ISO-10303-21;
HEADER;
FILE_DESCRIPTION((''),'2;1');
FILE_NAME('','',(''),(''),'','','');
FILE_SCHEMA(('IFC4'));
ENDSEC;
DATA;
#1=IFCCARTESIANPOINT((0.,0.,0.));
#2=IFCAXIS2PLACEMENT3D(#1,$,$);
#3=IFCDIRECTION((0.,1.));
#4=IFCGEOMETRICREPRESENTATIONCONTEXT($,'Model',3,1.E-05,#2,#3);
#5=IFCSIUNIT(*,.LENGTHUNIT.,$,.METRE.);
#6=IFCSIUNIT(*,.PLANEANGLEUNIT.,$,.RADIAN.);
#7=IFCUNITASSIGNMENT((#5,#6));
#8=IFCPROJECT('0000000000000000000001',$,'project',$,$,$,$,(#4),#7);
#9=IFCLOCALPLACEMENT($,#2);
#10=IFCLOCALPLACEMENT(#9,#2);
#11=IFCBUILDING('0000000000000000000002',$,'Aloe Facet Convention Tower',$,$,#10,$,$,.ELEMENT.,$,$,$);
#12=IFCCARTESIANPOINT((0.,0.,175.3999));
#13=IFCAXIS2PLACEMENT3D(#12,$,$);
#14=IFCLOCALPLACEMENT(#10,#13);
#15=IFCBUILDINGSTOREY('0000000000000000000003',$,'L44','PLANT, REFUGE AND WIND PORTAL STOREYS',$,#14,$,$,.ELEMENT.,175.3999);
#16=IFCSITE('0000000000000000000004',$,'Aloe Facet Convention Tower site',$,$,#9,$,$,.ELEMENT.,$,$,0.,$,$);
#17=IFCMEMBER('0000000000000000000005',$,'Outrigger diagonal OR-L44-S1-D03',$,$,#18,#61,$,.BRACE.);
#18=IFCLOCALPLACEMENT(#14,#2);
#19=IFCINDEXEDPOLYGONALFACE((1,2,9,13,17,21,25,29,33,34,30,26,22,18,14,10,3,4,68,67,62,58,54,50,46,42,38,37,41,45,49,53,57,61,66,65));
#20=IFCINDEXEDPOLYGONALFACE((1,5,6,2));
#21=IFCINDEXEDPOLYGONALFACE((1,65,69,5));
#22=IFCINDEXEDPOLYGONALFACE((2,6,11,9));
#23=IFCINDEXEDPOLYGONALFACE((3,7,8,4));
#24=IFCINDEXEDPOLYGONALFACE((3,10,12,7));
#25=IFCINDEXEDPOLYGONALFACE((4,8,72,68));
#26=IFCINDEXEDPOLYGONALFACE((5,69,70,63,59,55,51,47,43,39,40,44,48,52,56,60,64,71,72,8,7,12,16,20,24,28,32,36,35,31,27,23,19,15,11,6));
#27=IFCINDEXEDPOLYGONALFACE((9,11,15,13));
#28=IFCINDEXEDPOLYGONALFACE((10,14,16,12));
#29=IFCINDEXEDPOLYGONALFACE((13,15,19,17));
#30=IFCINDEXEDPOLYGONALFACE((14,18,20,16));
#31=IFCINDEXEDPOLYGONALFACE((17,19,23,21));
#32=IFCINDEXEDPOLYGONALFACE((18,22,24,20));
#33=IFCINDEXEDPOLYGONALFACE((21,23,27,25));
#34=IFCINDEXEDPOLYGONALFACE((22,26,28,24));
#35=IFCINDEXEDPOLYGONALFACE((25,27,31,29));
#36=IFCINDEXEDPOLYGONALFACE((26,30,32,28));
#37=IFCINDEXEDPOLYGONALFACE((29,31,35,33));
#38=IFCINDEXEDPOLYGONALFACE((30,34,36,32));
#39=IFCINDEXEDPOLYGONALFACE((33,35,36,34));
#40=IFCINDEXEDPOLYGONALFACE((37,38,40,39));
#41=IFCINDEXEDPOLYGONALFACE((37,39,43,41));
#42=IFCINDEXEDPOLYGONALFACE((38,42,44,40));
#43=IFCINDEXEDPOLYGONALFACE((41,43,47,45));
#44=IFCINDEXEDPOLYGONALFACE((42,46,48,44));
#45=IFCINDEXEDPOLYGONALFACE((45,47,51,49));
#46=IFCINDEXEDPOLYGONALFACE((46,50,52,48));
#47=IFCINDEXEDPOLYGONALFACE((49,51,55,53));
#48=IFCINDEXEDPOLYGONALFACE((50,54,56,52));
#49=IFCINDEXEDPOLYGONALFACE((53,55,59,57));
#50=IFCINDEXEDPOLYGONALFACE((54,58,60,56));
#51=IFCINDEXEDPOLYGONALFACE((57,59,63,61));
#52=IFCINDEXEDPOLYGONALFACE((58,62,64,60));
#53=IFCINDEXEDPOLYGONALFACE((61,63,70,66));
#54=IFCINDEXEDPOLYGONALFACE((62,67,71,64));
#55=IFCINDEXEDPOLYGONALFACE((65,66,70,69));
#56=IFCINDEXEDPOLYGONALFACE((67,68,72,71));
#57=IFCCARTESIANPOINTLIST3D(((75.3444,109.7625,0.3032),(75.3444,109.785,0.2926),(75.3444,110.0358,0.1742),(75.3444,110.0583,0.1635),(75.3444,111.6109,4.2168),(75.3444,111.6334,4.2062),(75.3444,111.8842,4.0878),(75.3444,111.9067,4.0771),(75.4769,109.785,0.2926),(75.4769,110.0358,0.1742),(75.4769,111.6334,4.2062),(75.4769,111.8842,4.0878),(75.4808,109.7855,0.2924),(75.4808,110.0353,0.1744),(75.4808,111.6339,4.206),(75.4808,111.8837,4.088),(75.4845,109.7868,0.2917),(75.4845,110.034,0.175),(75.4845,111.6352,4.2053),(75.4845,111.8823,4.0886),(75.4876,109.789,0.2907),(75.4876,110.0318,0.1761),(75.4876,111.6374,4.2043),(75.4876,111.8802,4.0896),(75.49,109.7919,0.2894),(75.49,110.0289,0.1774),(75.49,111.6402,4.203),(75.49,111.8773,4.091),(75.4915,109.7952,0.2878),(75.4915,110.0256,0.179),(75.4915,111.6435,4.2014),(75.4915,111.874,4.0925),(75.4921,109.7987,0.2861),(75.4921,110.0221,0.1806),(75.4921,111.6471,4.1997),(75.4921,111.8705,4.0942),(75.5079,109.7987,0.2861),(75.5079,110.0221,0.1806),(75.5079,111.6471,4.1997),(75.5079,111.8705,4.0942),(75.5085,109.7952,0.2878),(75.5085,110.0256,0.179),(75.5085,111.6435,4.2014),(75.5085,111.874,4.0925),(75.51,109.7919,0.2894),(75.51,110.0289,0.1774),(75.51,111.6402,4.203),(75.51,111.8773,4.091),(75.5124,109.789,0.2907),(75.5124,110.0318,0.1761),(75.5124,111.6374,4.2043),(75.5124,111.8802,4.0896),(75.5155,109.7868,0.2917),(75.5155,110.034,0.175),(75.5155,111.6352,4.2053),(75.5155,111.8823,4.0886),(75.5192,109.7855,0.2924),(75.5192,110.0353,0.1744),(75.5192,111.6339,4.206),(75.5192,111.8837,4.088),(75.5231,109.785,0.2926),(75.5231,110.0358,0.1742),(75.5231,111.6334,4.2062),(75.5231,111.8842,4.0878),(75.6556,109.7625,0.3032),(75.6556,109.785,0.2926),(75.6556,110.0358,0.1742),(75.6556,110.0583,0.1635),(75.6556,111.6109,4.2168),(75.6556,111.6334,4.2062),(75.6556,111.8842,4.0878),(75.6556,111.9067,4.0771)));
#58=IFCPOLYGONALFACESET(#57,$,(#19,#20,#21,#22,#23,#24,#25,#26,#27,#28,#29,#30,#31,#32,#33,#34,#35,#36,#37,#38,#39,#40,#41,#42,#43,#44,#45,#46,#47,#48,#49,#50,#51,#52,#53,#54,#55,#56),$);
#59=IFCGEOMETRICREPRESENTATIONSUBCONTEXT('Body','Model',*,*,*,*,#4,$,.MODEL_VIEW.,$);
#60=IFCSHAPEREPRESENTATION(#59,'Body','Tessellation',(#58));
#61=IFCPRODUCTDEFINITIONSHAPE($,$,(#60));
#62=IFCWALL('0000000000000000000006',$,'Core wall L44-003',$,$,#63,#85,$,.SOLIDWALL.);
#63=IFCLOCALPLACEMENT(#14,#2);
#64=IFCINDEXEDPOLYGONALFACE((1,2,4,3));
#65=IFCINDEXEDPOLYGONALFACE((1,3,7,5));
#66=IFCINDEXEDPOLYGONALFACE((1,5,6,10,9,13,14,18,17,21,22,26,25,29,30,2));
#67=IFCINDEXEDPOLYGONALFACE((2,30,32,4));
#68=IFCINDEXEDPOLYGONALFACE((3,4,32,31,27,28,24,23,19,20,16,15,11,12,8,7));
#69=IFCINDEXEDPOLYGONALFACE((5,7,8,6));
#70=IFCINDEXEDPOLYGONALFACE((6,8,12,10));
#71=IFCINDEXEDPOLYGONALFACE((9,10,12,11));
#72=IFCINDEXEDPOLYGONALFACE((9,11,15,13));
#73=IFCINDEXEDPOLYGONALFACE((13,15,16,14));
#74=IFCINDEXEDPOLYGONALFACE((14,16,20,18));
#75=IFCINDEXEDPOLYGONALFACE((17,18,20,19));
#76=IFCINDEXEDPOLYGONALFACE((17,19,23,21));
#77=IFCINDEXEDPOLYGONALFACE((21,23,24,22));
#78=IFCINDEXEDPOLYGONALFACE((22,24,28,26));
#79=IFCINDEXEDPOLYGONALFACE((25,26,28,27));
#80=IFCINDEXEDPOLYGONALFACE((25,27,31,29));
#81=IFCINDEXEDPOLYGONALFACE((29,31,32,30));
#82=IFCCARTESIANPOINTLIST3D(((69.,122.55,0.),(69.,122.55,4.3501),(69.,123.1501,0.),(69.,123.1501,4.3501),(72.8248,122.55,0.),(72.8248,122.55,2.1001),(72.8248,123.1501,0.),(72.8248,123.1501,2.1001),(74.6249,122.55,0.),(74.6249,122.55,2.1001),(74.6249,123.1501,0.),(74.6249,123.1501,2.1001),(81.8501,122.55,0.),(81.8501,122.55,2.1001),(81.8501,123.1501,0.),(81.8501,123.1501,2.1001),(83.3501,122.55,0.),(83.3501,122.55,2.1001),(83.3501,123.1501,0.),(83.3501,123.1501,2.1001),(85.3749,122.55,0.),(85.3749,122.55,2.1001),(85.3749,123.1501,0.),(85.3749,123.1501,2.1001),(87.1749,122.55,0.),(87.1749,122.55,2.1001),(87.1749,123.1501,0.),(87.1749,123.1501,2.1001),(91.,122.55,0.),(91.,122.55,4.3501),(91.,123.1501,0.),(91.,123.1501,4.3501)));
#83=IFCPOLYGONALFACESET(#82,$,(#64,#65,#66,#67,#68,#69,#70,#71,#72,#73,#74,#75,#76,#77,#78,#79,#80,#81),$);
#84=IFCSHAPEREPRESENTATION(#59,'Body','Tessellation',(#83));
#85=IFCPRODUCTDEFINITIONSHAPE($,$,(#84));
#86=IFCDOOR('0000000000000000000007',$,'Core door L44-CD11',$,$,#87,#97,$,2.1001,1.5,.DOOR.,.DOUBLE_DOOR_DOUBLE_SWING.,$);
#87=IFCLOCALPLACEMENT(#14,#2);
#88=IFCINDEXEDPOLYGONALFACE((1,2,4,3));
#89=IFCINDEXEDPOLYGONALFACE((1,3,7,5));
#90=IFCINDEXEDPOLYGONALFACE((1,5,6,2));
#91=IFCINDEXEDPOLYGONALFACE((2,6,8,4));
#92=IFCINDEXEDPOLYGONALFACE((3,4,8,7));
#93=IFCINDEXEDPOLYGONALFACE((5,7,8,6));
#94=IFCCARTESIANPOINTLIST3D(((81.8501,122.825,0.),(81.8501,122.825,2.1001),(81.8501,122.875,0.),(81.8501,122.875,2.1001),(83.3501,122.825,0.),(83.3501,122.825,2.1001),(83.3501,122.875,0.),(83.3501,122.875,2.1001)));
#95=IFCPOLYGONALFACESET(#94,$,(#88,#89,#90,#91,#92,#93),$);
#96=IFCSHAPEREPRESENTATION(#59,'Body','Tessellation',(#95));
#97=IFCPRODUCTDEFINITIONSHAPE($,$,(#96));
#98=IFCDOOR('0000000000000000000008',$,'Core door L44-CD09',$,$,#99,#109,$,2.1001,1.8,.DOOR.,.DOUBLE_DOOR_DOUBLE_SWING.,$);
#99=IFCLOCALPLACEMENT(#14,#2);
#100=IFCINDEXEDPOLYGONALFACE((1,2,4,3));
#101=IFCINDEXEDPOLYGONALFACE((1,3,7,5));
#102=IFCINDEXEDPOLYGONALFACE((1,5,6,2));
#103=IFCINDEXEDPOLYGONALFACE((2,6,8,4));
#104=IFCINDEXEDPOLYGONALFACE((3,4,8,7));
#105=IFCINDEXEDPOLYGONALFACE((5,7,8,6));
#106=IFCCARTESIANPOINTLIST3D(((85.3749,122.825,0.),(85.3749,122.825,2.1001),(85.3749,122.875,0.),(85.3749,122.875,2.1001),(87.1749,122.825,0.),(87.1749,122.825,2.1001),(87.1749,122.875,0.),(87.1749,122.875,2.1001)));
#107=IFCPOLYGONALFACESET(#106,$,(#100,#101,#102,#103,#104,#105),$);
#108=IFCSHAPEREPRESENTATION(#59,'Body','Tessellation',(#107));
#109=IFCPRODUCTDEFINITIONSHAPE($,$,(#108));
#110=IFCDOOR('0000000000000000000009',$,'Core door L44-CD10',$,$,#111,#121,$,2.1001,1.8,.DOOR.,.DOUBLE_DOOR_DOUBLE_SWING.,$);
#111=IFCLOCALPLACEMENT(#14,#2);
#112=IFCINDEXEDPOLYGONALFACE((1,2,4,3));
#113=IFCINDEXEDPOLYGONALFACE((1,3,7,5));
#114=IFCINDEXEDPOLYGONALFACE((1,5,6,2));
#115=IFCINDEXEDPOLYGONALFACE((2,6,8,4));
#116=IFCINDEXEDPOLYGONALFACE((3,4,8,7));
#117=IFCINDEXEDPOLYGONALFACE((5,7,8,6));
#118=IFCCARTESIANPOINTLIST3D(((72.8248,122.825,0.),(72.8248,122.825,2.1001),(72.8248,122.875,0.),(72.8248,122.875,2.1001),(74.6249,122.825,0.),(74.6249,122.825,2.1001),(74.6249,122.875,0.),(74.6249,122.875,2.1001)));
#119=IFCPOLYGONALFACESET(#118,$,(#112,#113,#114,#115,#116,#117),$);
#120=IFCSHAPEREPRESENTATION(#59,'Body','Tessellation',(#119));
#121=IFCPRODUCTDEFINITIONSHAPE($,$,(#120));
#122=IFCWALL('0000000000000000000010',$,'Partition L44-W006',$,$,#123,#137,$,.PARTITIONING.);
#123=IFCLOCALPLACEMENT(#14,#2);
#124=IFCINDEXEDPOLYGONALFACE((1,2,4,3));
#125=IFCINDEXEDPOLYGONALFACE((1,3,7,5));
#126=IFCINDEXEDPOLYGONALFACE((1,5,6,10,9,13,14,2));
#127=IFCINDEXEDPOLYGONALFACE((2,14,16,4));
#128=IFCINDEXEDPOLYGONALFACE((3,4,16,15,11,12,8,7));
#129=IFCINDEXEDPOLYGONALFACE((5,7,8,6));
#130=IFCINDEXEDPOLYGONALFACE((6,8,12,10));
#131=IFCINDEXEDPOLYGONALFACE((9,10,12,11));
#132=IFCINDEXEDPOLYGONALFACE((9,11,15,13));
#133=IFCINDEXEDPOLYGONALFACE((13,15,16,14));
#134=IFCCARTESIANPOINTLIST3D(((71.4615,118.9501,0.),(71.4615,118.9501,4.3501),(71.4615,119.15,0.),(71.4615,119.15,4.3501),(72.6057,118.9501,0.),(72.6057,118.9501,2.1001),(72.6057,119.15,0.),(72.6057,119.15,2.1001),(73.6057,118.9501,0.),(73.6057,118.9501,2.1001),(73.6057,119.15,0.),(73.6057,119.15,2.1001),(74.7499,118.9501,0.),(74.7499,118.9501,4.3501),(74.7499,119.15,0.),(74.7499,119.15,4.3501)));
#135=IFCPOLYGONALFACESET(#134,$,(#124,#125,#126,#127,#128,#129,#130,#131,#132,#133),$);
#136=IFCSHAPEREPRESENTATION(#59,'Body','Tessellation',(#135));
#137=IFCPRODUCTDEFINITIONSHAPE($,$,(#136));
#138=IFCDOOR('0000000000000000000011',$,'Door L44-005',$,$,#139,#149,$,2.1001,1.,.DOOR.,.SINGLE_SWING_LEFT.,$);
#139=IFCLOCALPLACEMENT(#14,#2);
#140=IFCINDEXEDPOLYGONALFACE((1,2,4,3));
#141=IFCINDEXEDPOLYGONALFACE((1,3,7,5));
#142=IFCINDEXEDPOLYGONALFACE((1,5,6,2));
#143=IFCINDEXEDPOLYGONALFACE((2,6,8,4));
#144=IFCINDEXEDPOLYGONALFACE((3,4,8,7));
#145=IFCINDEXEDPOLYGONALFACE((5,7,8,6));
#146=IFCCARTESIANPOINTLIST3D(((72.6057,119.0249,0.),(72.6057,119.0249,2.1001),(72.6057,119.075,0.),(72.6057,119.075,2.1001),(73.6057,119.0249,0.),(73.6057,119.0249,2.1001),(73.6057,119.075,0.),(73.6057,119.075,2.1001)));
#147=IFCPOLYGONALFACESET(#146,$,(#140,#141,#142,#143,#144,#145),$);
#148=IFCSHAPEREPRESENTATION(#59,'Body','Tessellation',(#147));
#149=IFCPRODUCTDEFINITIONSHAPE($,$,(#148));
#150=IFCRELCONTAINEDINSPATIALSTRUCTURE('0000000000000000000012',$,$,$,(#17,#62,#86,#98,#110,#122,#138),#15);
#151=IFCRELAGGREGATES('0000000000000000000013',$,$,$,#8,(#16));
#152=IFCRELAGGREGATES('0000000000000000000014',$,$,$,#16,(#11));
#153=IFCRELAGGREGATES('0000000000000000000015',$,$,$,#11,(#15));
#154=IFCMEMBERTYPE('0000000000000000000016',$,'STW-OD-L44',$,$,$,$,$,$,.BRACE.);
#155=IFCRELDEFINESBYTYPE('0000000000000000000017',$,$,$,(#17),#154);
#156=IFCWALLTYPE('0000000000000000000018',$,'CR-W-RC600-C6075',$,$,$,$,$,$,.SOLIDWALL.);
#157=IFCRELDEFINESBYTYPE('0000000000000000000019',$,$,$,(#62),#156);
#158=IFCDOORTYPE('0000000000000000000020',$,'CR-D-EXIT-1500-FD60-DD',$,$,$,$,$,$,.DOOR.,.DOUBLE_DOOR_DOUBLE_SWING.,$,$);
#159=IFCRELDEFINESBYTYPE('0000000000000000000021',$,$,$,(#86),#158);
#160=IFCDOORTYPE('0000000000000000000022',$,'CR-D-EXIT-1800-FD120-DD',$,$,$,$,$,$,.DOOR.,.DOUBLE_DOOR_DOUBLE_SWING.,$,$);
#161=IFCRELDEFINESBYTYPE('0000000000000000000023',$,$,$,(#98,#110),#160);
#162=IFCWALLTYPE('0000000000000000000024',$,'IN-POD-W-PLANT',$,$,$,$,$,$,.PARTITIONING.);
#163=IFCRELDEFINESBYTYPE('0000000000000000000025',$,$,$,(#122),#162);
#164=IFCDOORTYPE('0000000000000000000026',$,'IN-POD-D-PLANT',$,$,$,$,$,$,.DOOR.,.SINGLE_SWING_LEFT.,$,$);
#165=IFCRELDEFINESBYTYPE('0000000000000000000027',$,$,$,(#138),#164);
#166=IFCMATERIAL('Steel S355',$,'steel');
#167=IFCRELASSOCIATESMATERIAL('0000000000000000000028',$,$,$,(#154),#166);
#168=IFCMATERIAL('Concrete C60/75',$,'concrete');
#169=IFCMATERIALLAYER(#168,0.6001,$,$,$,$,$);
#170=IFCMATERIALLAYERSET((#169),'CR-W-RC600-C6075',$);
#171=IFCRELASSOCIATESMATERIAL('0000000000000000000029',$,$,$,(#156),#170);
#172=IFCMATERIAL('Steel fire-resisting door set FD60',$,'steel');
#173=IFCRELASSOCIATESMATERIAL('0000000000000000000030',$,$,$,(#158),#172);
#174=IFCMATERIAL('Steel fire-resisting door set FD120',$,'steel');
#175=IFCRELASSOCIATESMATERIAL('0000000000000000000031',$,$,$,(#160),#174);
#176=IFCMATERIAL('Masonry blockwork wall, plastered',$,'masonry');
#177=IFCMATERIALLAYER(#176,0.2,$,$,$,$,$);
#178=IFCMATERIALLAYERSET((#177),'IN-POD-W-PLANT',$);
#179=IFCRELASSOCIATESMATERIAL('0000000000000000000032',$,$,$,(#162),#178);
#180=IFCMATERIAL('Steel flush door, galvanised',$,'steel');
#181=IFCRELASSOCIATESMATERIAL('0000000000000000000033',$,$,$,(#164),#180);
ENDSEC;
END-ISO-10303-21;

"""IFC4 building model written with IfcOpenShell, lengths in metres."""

from ifc_helpers import new_model, si_unit, direction, frame, frame_2d, origin, origin_2d, place, context, subcontext, project, spatial, rectangle, i_section, extrude, material, layer, layer_set, material_profile, profile_set, type_object, element, fill, save


model = new_model("IFC4")

# Units and contexts
model_context = context("Model", 3, precision=1e-05, world=origin(), true_north=direction((0.0, 1.0)))
body_context = subcontext(model_context, "Body", "Model", "MODEL_VIEW")
ifc_project = project(units=[si_unit("LENGTHUNIT", "METRE"), si_unit("PLANEANGLEUNIT", "RADIAN")], contexts=[model_context])

# Site, building, storey
site_placement = place(None, origin())
site = spatial("IfcSite", under=ifc_project, at=site_placement, Name="Aloe Facet Convention Tower site", CompositionType="ELEMENT", RefElevation=0.0)
building_placement = place(site_placement, origin())
building = spatial("IfcBuilding", under=site, at=building_placement, Name="Aloe Facet Convention Tower", CompositionType="ELEMENT")
storey_placement = place(building_placement, frame((0.0, 0.0, 175.3999)))
storey = spatial("IfcBuildingStorey", under=building, at=storey_placement, Name="L44", Description="PLANT, REFUGE AND WIND PORTAL STOREYS", CompositionType="ELEMENT", Elevation=175.3999)

# Member
ifc_material_1 = material(Name="Steel S355", Category="steel")
ifc_material_profile_1 = material_profile(ifc_material_1, i_section(OverallWidth=0.3113, OverallDepth=0.3271, WebThickness=0.0159, FlangeThickness=0.0249, FilletRadius=0.0151, at=origin_2d()), Name="UC 305x305x158")
ifc_profile_set_1 = profile_set([ifc_material_profile_1], Name="Steel S355")
member_type = type_object("IfcMemberType", Name="STW-OD-L44", PredefinedType="BRACE", material=ifc_profile_set_1)
for number, where, z_axis, x_axis, name in (
    (1, (75.5, 111.7588, 4.147), (0.0, -0.427065, -0.904221), (1.0, 0.0, 0.0), "Outrigger diagonal OR-L44-S1-D03"),
):
    element("IfcMember", number, at=place(storey_placement, frame(where, z_axis=z_axis, x_axis=x_axis)), inside=storey, type_object=member_type, Name=name, PredefinedType="BRACE", context=body_context, shape_type="SweptSolid", body=[
        extrude(i_section(OverallWidth=0.3113, OverallDepth=0.3271, WebThickness=0.0159, FlangeThickness=0.0249, FilletRadius=0.0151, at=origin_2d()), origin(), (0.0, 0.0, 1.0), 4.3281),
    ])

# Wall, openings, doors
ifc_material_2 = material(Name="Concrete C60/75", Category="concrete")
ifc_layer_1 = layer(ifc_material_2, 0.6001)
ifc_layer_set_1 = layer_set([ifc_layer_1], Name="CR-W-RC600-C6075")
wall_type_1 = type_object("IfcWallType", Name="CR-W-RC600-C6075", PredefinedType="SOLIDWALL", material=ifc_layer_set_1)
wall_1_placement = place(storey_placement, frame((69.0, 122.8501, 0.0), z_axis=(0.0, 0.0, 1.0), x_axis=(1.0, 0.0, 0.0)))
wall_1 = element("IfcWall", 2, at=wall_1_placement, inside=storey, type_object=wall_type_1, Name="Core wall L44-003", PredefinedType="SOLIDWALL", context=body_context, shape_type="SweptSolid", body=[
    extrude(rectangle(XDim=22.0, YDim=0.6001, at=frame_2d((11.0, 0.0))), origin(), (0.0, 0.0, 1.0), 4.3501),
])
opening_1_placement = place(wall_1_placement, frame((16.375, 0.0, 0.0)))
opening_1 = element("IfcOpeningElement", 3, at=opening_1_placement, cuts=wall_1, PredefinedType="OPENING", context=body_context, shape_type="SweptSolid", body=[
    extrude(rectangle(XDim=1.8, YDim=2.1001, at=frame_2d((0.8999, 1.05))), frame((0.0, 0.3101, 0.0), z_axis=(0.0, -1.0, 0.0), x_axis=(1.0, 0.0, 0.0)), (0.0, 0.0, 1.0), 0.6201),
])
opening_2_placement = place(wall_1_placement, frame((3.825, 0.0, 0.0)))
opening_2 = element("IfcOpeningElement", 4, at=opening_2_placement, cuts=wall_1, PredefinedType="OPENING", context=body_context, shape_type="SweptSolid", body=[
    extrude(rectangle(XDim=1.8, YDim=2.1001, at=frame_2d((0.8999, 1.05))), frame((0.0, 0.3101, 0.0), z_axis=(0.0, -1.0, 0.0), x_axis=(1.0, 0.0, 0.0)), (0.0, 0.0, 1.0), 0.6201),
])
opening_3_placement = place(wall_1_placement, frame((12.8501, 0.0, 0.0)))
opening_3 = element("IfcOpeningElement", 5, at=opening_3_placement, cuts=wall_1, PredefinedType="OPENING", context=body_context, shape_type="SweptSolid", body=[
    extrude(rectangle(XDim=1.5, YDim=2.1001, at=frame_2d((0.75, 1.05))), frame((0.0, 0.3101, 0.0), z_axis=(0.0, -1.0, 0.0), x_axis=(1.0, 0.0, 0.0)), (0.0, 0.0, 1.0), 0.6201),
])
ifc_material_3 = material(Name="Steel fire-resisting door set FD60", Category="steel")
door_type_1 = type_object("IfcDoorType", Name="CR-D-EXIT-1500-FD60-DD", OperationType="DOUBLE_DOOR_DOUBLE_SWING", PredefinedType="DOOR", material=ifc_material_3)
door_1_placement = place(opening_3_placement, origin())
door_1 = element("IfcDoor", 6, at=door_1_placement, inside=storey, type_object=door_type_1, Name="Core door L44-CD11", OperationType="DOUBLE_DOOR_DOUBLE_SWING", OverallHeight=2.1001, OverallWidth=1.5, PredefinedType="DOOR", context=body_context, shape_type="SweptSolid", body=[
    extrude(rectangle(XDim=1.5, YDim=2.1001, at=frame_2d((0.75, 1.05))), frame((0.0, 0.0249, 0.0), z_axis=(0.0, -1.0, 0.0), x_axis=(1.0, 0.0, 0.0)), (0.0, 0.0, 1.0), 0.05),
])
fill(opening_3, door_1)
ifc_material_4 = material(Name="Steel fire-resisting door set FD120", Category="steel")
door_type_2 = type_object("IfcDoorType", Name="CR-D-EXIT-1800-FD120-DD", OperationType="DOUBLE_DOOR_DOUBLE_SWING", PredefinedType="DOOR", material=ifc_material_4)
door_2_placement = place(opening_1_placement, origin())
door_2 = element("IfcDoor", 7, at=door_2_placement, inside=storey, type_object=door_type_2, Name="Core door L44-CD09", OperationType="DOUBLE_DOOR_DOUBLE_SWING", OverallHeight=2.1001, OverallWidth=1.8, PredefinedType="DOOR", context=body_context, shape_type="SweptSolid", body=[
    extrude(rectangle(XDim=1.8, YDim=2.1001, at=frame_2d((0.8999, 1.05))), frame((0.0, 0.0249, 0.0), z_axis=(0.0, -1.0, 0.0), x_axis=(1.0, 0.0, 0.0)), (0.0, 0.0, 1.0), 0.05),
])
fill(opening_1, door_2)
door_3_placement = place(opening_2_placement, origin())
door_3 = element("IfcDoor", 8, at=door_3_placement, inside=storey, type_object=door_type_2, Name="Core door L44-CD10", OperationType="DOUBLE_DOOR_DOUBLE_SWING", OverallHeight=2.1001, OverallWidth=1.8, PredefinedType="DOOR", context=body_context, shape_type="SweptSolid", body=[
    extrude(rectangle(XDim=1.8, YDim=2.1001, at=frame_2d((0.8999, 1.05))), frame((0.0, 0.0249, 0.0), z_axis=(0.0, -1.0, 0.0), x_axis=(1.0, 0.0, 0.0)), (0.0, 0.0, 1.0), 0.05),
])
fill(opening_2, door_3)

# Wall, opening, door
ifc_material_5 = material(Name="Masonry blockwork wall, plastered", Category="masonry")
ifc_layer_2 = layer(ifc_material_5, 0.2)
ifc_layer_set_2 = layer_set([ifc_layer_2], Name="IN-POD-W-PLANT")
wall_type_2 = type_object("IfcWallType", Name="IN-POD-W-PLANT", PredefinedType="PARTITIONING", material=ifc_layer_set_2)
wall_2_placement = place(storey_placement, frame((71.4617, 119.05, 0.0), z_axis=(0.0, 0.0, 1.0), x_axis=(1.0, 0.0, 0.0)))
wall_2 = element("IfcWall", 9, at=wall_2_placement, inside=storey, type_object=wall_type_2, Name="Partition L44-W006", PredefinedType="PARTITIONING", context=body_context, shape_type="SweptSolid", body=[
    extrude(rectangle(XDim=3.2883, YDim=0.2, at=frame_2d((1.644, 0.0))), origin(), (0.0, 0.0, 1.0), 4.3501),
])
opening_4_placement = place(wall_2_placement, frame((1.144, 0.0, 0.0)))
opening_4 = element("IfcOpeningElement", 10, at=opening_4_placement, cuts=wall_2, PredefinedType="OPENING", context=body_context, shape_type="SweptSolid", body=[
    extrude(rectangle(XDim=1.0, YDim=2.1001, at=frame_2d((0.5, 1.05))), frame((0.0, 0.1099, 0.0), z_axis=(0.0, -1.0, 0.0), x_axis=(1.0, 0.0, 0.0)), (0.0, 0.0, 1.0), 0.22),
])
ifc_material_6 = material(Name="Steel flush door, galvanised", Category="steel")
door_type_3 = type_object("IfcDoorType", Name="IN-POD-D-PLANT", OperationType="SINGLE_SWING_LEFT", PredefinedType="DOOR", material=ifc_material_6)
door_4_placement = place(opening_4_placement, origin())
door_4 = element("IfcDoor", 11, at=door_4_placement, inside=storey, type_object=door_type_3, Name="Door L44-005", OperationType="SINGLE_SWING_LEFT", OverallHeight=2.1001, OverallWidth=1.0, PredefinedType="DOOR", context=body_context, shape_type="SweptSolid", body=[
    extrude(rectangle(XDim=1.0, YDim=2.1001, at=frame_2d((0.5, 1.05))), frame((0.0, 0.0249, 0.0), z_axis=(0.0, -1.0, 0.0), x_axis=(1.0, 0.0, 0.0)), (0.0, 0.0, 1.0), 0.05),
])
fill(opening_4, door_4)

save(model, "model.ifc")
